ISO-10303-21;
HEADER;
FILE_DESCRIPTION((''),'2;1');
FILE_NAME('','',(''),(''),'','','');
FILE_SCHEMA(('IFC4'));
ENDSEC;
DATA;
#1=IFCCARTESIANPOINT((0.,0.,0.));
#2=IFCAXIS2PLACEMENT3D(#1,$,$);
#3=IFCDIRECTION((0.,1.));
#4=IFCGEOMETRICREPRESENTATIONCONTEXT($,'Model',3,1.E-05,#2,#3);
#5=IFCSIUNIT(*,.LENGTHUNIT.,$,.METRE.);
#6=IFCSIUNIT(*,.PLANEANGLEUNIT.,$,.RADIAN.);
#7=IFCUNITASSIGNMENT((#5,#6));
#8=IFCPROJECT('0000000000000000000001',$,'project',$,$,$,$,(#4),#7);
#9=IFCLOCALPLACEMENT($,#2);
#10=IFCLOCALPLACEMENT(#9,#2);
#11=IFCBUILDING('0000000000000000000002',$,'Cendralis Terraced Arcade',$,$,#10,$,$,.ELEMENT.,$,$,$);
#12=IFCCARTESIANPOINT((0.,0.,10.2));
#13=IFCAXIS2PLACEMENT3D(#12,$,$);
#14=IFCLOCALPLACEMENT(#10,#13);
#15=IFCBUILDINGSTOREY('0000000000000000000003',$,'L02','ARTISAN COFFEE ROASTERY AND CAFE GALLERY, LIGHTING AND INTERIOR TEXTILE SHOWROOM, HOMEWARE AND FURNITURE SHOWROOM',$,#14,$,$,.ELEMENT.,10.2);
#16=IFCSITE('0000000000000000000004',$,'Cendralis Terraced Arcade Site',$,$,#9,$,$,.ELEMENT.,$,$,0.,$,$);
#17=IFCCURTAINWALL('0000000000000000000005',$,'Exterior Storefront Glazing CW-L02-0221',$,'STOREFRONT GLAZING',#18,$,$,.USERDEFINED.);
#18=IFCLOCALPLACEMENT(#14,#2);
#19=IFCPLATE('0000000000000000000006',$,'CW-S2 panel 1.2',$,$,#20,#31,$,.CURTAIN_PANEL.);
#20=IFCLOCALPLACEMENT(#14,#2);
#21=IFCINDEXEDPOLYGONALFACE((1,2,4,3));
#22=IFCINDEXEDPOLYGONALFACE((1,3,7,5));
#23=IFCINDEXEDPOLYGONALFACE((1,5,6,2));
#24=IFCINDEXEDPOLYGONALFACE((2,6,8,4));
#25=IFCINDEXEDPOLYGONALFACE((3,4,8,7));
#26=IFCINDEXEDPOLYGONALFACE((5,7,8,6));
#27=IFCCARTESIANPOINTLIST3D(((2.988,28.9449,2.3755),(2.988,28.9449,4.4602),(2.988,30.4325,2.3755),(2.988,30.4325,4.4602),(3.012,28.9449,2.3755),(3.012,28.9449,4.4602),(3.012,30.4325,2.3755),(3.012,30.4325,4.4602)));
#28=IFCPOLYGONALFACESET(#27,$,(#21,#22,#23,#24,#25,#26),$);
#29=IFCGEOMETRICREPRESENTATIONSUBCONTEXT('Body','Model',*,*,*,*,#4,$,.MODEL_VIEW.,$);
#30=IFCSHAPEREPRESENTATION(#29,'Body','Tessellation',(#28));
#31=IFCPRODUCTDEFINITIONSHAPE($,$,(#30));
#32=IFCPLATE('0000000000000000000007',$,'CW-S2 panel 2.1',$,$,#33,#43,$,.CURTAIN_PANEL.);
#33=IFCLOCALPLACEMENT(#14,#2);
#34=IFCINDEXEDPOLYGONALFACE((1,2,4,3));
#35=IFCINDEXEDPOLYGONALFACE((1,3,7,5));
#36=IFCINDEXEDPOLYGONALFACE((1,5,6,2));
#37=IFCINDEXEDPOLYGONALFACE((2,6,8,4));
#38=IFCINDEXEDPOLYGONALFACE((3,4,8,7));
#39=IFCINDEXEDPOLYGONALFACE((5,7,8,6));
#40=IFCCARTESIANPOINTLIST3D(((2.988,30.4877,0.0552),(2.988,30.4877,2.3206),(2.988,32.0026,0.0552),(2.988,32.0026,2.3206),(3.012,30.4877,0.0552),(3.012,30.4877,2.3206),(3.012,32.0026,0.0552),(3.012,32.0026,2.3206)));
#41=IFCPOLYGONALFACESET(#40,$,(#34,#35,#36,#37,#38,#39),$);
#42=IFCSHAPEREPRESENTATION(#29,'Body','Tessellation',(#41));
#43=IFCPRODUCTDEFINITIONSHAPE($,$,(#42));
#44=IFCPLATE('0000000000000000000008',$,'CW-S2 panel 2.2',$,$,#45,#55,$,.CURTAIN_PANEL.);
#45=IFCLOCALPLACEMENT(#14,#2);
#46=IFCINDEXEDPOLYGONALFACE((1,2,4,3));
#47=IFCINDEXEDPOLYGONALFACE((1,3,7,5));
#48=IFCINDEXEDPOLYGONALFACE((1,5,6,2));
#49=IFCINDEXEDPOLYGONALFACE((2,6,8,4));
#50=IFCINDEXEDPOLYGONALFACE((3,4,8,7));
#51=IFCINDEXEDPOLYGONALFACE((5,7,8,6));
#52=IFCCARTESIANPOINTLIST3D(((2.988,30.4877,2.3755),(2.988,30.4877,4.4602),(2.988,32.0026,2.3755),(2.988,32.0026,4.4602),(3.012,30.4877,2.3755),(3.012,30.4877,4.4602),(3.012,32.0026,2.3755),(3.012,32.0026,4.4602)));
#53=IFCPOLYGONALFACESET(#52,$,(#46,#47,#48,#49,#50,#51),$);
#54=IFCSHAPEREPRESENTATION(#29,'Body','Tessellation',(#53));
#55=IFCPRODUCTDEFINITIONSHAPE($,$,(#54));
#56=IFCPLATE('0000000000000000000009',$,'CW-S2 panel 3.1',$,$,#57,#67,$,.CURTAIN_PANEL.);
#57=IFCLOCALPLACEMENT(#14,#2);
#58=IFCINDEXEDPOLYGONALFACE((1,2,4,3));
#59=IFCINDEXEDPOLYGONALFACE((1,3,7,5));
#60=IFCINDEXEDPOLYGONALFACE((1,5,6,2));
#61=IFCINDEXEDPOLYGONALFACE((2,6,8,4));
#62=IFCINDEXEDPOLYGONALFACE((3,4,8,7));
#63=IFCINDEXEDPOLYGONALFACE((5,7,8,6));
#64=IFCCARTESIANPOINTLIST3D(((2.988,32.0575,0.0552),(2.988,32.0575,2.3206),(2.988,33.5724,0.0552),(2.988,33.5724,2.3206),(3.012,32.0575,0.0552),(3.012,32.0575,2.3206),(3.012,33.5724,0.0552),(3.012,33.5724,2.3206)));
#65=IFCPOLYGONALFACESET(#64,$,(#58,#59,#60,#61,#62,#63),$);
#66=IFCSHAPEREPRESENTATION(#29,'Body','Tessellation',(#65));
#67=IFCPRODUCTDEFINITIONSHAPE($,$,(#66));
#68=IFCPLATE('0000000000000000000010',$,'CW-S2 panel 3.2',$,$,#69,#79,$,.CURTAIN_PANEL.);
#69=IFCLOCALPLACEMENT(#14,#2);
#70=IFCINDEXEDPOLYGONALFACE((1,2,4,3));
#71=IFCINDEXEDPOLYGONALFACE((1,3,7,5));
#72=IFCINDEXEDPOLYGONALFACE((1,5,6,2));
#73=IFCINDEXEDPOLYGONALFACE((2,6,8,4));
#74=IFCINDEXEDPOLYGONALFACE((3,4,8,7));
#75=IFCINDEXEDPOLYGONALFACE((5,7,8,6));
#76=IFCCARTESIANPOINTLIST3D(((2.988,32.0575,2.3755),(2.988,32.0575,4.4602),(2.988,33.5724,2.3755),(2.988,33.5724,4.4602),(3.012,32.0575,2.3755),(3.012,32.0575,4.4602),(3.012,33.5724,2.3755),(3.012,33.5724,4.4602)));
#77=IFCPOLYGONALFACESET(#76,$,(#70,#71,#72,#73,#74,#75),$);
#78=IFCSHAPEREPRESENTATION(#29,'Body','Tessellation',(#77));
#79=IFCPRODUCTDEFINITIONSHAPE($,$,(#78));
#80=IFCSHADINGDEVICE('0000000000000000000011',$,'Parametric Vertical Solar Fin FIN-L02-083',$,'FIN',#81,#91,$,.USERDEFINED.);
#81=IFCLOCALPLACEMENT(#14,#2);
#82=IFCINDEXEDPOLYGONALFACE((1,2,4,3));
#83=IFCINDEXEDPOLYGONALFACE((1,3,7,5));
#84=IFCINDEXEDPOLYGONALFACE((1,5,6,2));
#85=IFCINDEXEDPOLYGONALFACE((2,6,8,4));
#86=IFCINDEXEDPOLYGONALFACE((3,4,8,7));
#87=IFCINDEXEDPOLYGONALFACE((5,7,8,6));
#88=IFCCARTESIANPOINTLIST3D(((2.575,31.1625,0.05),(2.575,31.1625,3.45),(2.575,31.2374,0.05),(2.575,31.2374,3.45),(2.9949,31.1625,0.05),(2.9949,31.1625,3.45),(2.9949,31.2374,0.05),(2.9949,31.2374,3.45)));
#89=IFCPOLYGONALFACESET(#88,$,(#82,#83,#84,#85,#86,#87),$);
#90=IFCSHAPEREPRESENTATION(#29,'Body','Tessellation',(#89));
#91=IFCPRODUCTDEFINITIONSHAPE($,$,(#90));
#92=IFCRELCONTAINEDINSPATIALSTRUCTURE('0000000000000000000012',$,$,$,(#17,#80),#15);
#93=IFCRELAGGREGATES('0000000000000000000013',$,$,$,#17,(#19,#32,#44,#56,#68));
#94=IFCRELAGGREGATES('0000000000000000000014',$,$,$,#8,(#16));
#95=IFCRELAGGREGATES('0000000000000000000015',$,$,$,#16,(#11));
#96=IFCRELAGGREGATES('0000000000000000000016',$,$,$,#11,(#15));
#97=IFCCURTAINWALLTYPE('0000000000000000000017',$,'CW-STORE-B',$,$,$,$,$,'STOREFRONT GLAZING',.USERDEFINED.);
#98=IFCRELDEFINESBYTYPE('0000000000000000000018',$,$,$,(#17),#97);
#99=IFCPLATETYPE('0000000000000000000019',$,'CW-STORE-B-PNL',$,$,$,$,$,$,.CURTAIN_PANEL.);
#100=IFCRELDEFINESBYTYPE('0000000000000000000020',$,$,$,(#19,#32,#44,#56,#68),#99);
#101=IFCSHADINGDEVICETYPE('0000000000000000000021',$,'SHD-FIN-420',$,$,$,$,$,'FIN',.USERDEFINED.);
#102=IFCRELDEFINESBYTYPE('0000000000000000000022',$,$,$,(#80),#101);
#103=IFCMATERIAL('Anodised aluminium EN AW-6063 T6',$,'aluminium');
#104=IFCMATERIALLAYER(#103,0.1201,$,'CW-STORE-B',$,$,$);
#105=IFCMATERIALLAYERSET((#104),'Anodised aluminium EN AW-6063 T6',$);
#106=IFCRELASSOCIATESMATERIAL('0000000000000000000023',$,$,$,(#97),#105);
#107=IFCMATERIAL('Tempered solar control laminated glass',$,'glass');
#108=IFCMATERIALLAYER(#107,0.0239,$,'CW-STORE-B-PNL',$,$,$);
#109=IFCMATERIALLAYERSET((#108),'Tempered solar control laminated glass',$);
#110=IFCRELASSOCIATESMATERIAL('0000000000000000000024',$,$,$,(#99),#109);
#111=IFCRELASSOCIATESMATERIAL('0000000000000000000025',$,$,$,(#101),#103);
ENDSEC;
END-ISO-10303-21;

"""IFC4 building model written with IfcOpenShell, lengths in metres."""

from ifc_helpers import new_model, si_unit, direction, frame, origin, origin_2d, place, context, subcontext, project, spatial, rectangle, extrude, material, layer, layer_set, type_object, element, aggregate, save


model = new_model("IFC4")

# Units and contexts
model_context = context("Model", 3, precision=1e-05, world=origin(), true_north=direction((0.0, 1.0)))
body_context = subcontext(model_context, "Body", "Model", "MODEL_VIEW")
ifc_project = project(units=[si_unit("LENGTHUNIT", "METRE"), si_unit("PLANEANGLEUNIT", "RADIAN")], contexts=[model_context])

# Site, building, storey
site_placement = place(None, origin())
site = spatial("IfcSite", under=ifc_project, at=site_placement, Name="Cendralis Terraced Arcade Site", CompositionType="ELEMENT", RefElevation=0.0)
building_placement = place(site_placement, origin())
building = spatial("IfcBuilding", under=site, at=building_placement, Name="Cendralis Terraced Arcade", CompositionType="ELEMENT")
storey_placement = place(building_placement, frame((0.0, 0.0, 10.2)))
storey = spatial("IfcBuildingStorey", under=building, at=storey_placement, Name="L02", Description="ARTISAN COFFEE ROASTERY AND CAFE GALLERY, LIGHTING AND INTERIOR TEXTILE SHOWROOM, HOMEWARE AND FURNITURE SHOWROOM", CompositionType="ELEMENT", Elevation=10.2)

# Curtain wall, plates
ifc_material_1 = material(Name="Anodised aluminium EN AW-6063 T6", Category="aluminium")
ifc_layer_1 = layer(ifc_material_1, 0.1201, Name="CW-STORE-B")
ifc_layer_set_1 = layer_set([ifc_layer_1], Name="Anodised aluminium EN AW-6063 T6")
curtain_wall_type = type_object("IfcCurtainWallType", Name="CW-STORE-B", ElementType="STOREFRONT GLAZING", PredefinedType="USERDEFINED", material=ifc_layer_set_1)
curtain_wall_placement = place(storey_placement, origin())
curtain_wall = element("IfcCurtainWall", 1, at=curtain_wall_placement, inside=storey, type_object=curtain_wall_type, Name="Exterior Storefront Glazing CW-L02-0221", ObjectType="STOREFRONT GLAZING", PredefinedType="USERDEFINED")
ifc_material_2 = material(Name="Tempered solar control laminated glass", Category="glass")
ifc_layer_2 = layer(ifc_material_2, 0.0239, Name="CW-STORE-B-PNL")
ifc_layer_set_2 = layer_set([ifc_layer_2], Name="Tempered solar control laminated glass")
plate_type = type_object("IfcPlateType", Name="CW-STORE-B-PNL", PredefinedType="CURTAIN_PANEL", material=ifc_layer_set_2)
plate_1_placement = place(storey_placement, frame((3.0, 29.6887, 2.3755), z_axis=(0.0, 0.0, 1.0), x_axis=(0.0, 1.0, 0.0)))
plate_1 = element("IfcPlate", 2, at=plate_1_placement, type_object=plate_type, Name="CW-S2 panel 1.2", PredefinedType="CURTAIN_PANEL", context=body_context, shape_type="SweptSolid", body=[
    extrude(rectangle(XDim=1.4875, YDim=0.0239, at=origin_2d()), origin(), (0.0, 0.0, 1.0), 2.0847),
])
plate_2_placement = place(storey_placement, frame((3.0, 31.2451, 0.0552), z_axis=(0.0, 0.0, 1.0), x_axis=(0.0, 1.0, 0.0)))
plate_2 = element("IfcPlate", 3, at=plate_2_placement, type_object=plate_type, Name="CW-S2 panel 2.1", PredefinedType="CURTAIN_PANEL", context=body_context, shape_type="SweptSolid", body=[
    extrude(rectangle(XDim=1.5149, YDim=0.0239, at=origin_2d()), origin(), (0.0, 0.0, 1.0), 2.2654),
])
plate_3_placement = place(storey_placement, frame((3.0, 31.2451, 2.3755), z_axis=(0.0, 0.0, 1.0), x_axis=(0.0, 1.0, 0.0)))
plate_3 = element("IfcPlate", 4, at=plate_3_placement, type_object=plate_type, Name="CW-S2 panel 2.2", PredefinedType="CURTAIN_PANEL", context=body_context, shape_type="SweptSolid", body=[
    extrude(rectangle(XDim=1.5149, YDim=0.0239, at=origin_2d()), origin(), (0.0, 0.0, 1.0), 2.0847),
])
plate_4_placement = place(storey_placement, frame((3.0, 32.8149, 0.0552), z_axis=(0.0, 0.0, 1.0), x_axis=(0.0, 1.0, 0.0)))
plate_4 = element("IfcPlate", 5, at=plate_4_placement, type_object=plate_type, Name="CW-S2 panel 3.1", PredefinedType="CURTAIN_PANEL", context=body_context, shape_type="SweptSolid", body=[
    extrude(rectangle(XDim=1.5149, YDim=0.0239, at=origin_2d()), origin(), (0.0, 0.0, 1.0), 2.2654),
])
plate_5_placement = place(storey_placement, frame((3.0, 32.8149, 2.3755), z_axis=(0.0, 0.0, 1.0), x_axis=(0.0, 1.0, 0.0)))
plate_5 = element("IfcPlate", 6, at=plate_5_placement, type_object=plate_type, Name="CW-S2 panel 3.2", PredefinedType="CURTAIN_PANEL", context=body_context, shape_type="SweptSolid", body=[
    extrude(rectangle(XDim=1.5149, YDim=0.0239, at=origin_2d()), origin(), (0.0, 0.0, 1.0), 2.0847),
])
aggregate(curtain_wall, [plate_1, plate_2, plate_3, plate_4, plate_5])

# Shading device
shading_device_type = type_object("IfcShadingDeviceType", Name="SHD-FIN-420", ElementType="FIN", PredefinedType="USERDEFINED", material=ifc_material_1)
shading_device_placement = place(storey_placement, frame((2.7849, 31.2, 0.05), z_axis=(0.0, 0.0, 1.0), x_axis=(0.0, 1.0, 0.0)))
element("IfcShadingDevice", 7, at=shading_device_placement, inside=storey, type_object=shading_device_type, Name="Parametric Vertical Solar Fin FIN-L02-083", ObjectType="FIN", PredefinedType="USERDEFINED", context=body_context, shape_type="SweptSolid", body=[
    extrude(rectangle(XDim=0.075, YDim=0.4199, at=origin_2d()), origin(), (0.0, 0.0, 1.0), 3.3999),
])

save(model, "model.ifc")
